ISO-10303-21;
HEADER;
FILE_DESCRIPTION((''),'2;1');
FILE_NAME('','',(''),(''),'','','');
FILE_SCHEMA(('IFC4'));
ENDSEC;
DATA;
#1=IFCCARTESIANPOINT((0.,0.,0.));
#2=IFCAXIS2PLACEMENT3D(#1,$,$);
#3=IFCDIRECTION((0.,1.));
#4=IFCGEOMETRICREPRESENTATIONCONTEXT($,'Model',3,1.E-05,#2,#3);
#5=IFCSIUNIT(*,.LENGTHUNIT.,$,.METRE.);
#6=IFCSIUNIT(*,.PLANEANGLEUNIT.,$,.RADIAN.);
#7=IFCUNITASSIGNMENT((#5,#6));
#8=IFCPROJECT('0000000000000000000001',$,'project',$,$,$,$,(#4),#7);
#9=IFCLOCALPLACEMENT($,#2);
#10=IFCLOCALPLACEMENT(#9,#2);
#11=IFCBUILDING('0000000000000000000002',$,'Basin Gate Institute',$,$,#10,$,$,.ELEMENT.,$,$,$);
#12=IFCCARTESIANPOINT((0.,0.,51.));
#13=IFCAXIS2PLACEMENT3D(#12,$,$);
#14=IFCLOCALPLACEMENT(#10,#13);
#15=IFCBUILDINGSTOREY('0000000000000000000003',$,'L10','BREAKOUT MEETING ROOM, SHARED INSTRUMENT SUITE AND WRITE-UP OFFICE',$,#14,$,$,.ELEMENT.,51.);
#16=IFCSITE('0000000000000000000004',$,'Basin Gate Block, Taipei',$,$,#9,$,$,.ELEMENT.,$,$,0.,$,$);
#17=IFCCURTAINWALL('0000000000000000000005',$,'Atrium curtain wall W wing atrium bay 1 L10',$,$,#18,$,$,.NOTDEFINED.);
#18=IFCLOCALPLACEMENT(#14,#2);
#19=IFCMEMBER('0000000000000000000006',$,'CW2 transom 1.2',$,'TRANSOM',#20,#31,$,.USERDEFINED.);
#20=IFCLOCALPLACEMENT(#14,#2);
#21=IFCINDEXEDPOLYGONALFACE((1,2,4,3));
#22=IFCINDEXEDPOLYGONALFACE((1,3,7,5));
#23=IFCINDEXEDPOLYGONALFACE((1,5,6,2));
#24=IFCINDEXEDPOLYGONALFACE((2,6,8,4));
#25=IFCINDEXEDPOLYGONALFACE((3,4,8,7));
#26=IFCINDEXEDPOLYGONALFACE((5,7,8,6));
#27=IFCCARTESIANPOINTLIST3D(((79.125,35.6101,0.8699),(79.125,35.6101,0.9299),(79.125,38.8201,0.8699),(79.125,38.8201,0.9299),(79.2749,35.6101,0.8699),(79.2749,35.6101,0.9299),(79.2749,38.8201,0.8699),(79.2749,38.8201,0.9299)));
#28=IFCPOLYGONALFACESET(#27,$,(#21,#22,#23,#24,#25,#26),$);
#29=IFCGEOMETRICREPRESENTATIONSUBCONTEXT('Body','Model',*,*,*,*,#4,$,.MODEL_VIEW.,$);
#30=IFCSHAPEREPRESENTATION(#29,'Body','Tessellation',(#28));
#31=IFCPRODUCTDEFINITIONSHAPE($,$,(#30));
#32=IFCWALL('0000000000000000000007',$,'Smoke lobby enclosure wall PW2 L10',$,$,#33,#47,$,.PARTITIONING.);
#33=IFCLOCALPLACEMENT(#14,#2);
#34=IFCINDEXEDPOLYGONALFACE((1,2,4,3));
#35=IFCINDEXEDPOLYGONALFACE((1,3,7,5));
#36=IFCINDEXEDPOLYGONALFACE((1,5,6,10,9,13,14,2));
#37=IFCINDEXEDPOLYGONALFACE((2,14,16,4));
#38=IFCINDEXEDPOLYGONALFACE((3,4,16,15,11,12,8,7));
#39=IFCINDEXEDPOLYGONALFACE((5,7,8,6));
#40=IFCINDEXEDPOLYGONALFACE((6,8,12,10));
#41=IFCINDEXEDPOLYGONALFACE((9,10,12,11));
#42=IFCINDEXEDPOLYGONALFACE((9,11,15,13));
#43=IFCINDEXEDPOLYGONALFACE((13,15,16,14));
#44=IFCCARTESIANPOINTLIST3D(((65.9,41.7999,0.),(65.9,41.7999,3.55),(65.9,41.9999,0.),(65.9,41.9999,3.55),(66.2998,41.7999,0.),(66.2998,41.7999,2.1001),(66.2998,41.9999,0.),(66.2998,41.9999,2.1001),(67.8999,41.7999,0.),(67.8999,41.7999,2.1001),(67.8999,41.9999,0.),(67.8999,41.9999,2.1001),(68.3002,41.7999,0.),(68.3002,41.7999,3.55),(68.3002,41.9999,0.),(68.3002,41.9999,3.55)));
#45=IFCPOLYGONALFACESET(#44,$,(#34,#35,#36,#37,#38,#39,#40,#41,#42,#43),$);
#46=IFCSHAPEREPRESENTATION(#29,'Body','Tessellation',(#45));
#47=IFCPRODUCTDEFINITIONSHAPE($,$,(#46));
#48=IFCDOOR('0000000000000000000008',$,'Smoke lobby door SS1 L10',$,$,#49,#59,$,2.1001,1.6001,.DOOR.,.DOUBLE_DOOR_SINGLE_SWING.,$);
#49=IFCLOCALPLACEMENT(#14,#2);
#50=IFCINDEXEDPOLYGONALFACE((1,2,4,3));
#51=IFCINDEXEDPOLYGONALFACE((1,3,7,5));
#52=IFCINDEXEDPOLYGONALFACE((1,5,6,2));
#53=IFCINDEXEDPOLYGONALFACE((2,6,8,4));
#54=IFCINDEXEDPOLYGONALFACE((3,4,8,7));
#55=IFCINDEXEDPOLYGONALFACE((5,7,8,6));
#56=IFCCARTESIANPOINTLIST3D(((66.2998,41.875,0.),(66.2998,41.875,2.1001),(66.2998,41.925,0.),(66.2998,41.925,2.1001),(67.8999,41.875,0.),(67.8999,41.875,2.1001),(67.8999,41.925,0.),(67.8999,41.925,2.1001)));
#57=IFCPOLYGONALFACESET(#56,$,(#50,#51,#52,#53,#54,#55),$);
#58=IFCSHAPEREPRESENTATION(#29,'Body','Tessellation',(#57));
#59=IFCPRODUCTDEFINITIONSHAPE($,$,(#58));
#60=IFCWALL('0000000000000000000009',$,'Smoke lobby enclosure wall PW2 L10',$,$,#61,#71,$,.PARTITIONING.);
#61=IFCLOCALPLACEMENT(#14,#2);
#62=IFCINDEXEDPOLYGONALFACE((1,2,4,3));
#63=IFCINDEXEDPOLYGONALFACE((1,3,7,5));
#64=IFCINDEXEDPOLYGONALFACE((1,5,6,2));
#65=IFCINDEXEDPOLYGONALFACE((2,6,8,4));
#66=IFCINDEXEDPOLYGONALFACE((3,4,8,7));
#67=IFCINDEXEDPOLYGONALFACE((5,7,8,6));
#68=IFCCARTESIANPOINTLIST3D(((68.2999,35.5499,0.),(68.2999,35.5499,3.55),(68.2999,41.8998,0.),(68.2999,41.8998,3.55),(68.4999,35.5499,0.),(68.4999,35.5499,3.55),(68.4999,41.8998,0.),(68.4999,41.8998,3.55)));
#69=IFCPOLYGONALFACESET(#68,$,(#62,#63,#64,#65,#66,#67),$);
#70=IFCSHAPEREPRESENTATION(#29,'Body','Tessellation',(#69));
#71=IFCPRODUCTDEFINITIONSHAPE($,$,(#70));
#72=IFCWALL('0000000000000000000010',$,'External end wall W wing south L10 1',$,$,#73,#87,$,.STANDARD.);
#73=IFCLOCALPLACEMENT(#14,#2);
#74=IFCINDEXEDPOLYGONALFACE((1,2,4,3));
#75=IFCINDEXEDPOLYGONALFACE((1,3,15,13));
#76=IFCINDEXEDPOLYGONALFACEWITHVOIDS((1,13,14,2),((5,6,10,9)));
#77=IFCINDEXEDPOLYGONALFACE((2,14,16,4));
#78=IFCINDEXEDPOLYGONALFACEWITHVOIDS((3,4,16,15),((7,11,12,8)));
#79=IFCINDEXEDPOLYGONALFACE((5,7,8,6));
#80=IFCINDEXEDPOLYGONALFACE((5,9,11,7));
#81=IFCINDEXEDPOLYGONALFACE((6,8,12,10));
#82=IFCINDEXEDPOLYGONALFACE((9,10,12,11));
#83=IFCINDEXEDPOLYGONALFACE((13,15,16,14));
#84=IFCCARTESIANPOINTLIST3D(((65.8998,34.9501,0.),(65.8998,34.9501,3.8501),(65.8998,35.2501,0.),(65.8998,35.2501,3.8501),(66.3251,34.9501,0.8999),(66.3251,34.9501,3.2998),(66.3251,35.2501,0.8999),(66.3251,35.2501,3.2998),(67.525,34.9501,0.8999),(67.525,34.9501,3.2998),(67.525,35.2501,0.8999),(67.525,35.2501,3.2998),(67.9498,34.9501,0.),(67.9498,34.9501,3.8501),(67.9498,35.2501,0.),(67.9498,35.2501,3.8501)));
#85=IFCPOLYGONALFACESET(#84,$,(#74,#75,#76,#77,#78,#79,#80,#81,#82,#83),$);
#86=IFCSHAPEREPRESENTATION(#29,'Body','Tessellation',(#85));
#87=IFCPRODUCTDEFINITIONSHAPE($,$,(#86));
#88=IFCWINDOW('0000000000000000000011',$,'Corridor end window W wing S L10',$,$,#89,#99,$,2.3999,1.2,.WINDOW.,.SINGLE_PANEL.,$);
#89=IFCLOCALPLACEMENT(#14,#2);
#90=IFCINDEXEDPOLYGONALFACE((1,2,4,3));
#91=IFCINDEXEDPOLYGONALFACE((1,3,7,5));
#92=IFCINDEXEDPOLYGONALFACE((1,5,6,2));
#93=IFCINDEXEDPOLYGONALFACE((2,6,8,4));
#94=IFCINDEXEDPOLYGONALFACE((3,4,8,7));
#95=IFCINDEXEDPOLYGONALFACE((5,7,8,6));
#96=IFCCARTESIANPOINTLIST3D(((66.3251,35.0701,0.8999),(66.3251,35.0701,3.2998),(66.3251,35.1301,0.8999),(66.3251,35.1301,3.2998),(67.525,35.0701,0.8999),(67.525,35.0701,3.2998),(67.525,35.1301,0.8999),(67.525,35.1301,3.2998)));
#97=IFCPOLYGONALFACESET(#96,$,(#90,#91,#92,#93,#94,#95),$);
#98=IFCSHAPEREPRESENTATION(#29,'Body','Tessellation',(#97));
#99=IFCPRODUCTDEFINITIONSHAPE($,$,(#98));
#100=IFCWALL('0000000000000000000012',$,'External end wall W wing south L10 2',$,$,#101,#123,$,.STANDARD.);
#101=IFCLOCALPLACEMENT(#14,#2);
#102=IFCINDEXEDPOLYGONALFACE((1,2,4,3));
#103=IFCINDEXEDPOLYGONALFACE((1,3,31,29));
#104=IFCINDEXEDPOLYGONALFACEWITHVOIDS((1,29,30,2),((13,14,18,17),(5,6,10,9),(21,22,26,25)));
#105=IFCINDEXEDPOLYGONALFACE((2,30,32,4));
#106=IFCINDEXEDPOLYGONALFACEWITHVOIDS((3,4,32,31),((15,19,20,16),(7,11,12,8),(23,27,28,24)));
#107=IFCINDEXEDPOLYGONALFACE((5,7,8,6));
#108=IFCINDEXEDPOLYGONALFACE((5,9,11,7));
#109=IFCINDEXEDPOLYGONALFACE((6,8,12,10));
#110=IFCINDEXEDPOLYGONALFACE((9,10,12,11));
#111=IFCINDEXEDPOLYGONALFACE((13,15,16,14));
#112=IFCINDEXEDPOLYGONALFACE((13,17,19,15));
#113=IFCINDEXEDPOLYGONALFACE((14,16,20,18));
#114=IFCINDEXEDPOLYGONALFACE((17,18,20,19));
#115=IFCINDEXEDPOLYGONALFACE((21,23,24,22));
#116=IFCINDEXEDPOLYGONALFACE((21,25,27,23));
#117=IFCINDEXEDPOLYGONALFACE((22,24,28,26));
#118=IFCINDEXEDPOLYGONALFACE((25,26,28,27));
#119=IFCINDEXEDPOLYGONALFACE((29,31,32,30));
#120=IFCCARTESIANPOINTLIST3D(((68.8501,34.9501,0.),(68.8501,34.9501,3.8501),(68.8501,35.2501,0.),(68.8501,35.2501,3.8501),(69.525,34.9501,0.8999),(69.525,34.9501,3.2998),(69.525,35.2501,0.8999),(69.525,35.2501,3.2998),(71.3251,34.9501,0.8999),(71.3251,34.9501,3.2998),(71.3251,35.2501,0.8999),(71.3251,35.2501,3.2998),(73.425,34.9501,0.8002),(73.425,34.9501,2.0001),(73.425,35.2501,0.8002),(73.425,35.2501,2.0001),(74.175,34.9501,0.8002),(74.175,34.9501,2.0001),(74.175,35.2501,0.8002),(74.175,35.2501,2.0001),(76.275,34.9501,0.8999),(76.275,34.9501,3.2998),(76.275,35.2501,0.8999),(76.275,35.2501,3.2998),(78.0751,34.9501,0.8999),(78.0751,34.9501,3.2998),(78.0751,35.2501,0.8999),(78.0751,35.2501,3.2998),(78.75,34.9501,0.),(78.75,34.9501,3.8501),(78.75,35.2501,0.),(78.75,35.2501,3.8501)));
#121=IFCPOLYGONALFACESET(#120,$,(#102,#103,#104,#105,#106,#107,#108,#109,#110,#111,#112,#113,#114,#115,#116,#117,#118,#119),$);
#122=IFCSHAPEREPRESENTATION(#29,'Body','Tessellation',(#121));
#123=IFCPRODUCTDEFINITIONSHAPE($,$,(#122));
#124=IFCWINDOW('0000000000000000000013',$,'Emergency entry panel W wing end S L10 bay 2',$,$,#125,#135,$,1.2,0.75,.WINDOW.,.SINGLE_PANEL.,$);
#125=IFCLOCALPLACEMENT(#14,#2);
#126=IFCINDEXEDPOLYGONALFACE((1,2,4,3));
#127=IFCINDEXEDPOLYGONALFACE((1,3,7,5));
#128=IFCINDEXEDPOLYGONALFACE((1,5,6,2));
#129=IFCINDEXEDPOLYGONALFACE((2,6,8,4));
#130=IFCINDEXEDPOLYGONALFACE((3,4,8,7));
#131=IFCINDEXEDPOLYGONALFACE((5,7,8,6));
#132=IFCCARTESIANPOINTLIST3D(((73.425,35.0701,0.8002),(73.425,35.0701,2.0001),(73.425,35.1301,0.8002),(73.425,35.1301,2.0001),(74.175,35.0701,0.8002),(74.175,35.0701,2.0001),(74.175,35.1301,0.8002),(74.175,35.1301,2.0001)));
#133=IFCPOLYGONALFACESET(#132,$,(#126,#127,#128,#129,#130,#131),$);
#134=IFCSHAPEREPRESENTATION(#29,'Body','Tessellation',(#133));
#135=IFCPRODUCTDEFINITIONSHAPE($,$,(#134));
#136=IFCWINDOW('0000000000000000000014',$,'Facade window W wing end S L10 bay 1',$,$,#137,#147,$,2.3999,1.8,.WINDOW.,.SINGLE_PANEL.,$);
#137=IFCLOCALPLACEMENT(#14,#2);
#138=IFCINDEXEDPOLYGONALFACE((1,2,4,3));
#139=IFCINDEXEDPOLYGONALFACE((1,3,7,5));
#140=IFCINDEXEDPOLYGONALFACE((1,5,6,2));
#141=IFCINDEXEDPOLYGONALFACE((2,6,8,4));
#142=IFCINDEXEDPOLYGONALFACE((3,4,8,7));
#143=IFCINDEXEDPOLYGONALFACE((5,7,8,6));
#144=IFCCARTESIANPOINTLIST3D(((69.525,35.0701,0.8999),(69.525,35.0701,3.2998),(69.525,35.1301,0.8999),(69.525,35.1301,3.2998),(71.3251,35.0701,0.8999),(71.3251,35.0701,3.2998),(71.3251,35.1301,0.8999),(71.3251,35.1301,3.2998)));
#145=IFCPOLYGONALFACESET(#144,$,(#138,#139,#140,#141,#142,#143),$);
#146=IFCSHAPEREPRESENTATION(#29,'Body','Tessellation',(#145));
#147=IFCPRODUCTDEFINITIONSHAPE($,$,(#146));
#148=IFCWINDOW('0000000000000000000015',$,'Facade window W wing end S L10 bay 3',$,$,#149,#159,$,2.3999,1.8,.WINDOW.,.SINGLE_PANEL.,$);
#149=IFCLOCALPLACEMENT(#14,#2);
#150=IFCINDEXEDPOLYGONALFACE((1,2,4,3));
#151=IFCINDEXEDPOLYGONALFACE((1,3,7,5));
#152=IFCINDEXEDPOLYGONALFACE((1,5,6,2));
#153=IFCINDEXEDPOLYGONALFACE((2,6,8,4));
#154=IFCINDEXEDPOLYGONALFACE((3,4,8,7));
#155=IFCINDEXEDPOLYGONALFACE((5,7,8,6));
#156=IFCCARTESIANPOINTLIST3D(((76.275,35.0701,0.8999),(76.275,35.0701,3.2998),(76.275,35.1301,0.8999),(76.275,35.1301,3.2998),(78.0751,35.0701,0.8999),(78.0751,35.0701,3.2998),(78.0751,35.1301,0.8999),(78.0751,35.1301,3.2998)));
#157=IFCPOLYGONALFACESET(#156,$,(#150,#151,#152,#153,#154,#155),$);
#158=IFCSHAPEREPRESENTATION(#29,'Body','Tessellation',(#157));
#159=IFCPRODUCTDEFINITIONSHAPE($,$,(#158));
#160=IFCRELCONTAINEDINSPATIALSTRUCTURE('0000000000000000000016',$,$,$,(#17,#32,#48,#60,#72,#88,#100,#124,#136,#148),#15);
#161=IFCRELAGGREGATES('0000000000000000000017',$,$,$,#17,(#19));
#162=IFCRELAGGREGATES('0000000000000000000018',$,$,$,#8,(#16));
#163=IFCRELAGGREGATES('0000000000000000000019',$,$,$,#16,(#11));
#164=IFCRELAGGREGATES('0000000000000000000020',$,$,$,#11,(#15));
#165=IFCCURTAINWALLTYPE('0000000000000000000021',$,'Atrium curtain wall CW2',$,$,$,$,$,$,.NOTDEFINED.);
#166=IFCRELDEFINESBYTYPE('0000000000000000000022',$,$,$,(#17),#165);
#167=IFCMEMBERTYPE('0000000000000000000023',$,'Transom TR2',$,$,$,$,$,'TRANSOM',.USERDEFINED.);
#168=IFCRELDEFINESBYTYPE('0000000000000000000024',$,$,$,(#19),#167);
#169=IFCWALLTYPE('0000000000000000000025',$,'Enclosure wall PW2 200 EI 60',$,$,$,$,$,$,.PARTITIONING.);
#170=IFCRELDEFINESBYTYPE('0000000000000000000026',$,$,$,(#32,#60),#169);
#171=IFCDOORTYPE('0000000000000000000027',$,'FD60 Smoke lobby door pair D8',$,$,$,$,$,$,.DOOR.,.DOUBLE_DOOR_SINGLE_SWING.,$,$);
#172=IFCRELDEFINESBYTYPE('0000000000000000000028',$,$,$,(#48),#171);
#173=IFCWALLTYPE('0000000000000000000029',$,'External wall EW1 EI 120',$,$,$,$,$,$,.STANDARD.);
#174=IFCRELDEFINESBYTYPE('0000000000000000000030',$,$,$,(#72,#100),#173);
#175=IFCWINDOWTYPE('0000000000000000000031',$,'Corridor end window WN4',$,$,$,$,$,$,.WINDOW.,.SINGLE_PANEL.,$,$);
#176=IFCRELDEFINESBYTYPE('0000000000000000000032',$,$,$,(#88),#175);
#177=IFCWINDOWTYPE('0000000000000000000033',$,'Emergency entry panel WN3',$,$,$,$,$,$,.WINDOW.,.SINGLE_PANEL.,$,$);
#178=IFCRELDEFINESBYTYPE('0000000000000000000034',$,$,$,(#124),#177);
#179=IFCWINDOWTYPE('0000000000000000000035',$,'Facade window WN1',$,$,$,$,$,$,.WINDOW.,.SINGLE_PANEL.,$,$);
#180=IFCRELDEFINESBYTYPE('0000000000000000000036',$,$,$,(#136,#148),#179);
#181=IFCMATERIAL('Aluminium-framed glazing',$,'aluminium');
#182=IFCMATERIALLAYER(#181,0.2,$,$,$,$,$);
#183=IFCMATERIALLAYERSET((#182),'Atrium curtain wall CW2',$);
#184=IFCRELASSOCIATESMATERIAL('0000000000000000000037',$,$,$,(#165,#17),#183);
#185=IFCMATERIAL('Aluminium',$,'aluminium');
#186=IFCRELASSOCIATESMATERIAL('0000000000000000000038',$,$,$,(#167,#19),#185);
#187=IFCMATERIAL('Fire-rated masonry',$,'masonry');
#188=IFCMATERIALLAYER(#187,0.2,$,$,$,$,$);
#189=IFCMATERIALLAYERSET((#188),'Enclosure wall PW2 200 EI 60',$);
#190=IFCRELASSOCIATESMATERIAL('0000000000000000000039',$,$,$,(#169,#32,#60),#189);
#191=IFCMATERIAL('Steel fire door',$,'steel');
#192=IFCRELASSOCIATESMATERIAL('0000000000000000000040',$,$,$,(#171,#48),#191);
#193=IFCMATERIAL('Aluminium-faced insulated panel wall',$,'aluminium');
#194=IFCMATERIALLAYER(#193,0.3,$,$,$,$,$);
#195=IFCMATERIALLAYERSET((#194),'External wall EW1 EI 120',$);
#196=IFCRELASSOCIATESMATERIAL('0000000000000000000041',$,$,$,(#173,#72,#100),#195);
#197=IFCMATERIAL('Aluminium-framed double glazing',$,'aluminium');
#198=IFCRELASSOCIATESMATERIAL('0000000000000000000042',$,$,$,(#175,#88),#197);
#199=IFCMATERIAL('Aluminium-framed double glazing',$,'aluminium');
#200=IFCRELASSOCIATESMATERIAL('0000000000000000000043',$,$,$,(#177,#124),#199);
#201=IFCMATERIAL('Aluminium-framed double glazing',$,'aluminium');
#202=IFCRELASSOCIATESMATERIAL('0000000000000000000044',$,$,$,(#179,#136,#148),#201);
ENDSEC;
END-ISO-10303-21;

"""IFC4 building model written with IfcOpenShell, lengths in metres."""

from ifc_helpers import new_model, si_unit, direction, frame, frame_2d, origin, origin_2d, place, context, subcontext, project, spatial, rectangle, extrude, material, layer, layer_set, material_profile, profile_set, type_object, element, fill, aggregate, save


model = new_model("IFC4")

# Units and contexts
model_context = context("Model", 3, precision=1e-05, world=origin(), true_north=direction((0.0, 1.0)))
body_context = subcontext(model_context, "Body", "Model", "MODEL_VIEW")
ifc_project = project(units=[si_unit("LENGTHUNIT", "METRE"), si_unit("PLANEANGLEUNIT", "RADIAN")], contexts=[model_context])

# Site, building, storey
site_placement = place(None, origin())
site = spatial("IfcSite", under=ifc_project, at=site_placement, Name="Basin Gate Block, Taipei", CompositionType="ELEMENT", RefElevation=0.0)
building_placement = place(site_placement, origin())
building = spatial("IfcBuilding", under=site, at=building_placement, Name="Basin Gate Institute", CompositionType="ELEMENT")
storey_placement = place(building_placement, frame((0.0, 0.0, 51.0)))
storey = spatial("IfcBuildingStorey", under=building, at=storey_placement, Name="L10", Description="BREAKOUT MEETING ROOM, SHARED INSTRUMENT SUITE AND WRITE-UP OFFICE", CompositionType="ELEMENT", Elevation=51.0)

# Curtain wall
ifc_material_1 = material(Name="Aluminium-framed glazing", Category="aluminium")
ifc_layer_1 = layer(ifc_material_1, 0.2)
ifc_layer_set_1 = layer_set([ifc_layer_1], Name="Atrium curtain wall CW2")
curtain_wall_type = type_object("IfcCurtainWallType", Name="Atrium curtain wall CW2", PredefinedType="NOTDEFINED", material=ifc_layer_set_1)
curtain_wall_placement = place(storey_placement, origin())
curtain_wall = element("IfcCurtainWall", 1, at=curtain_wall_placement, inside=storey, type_object=curtain_wall_type, material=ifc_layer_set_1, Name="Atrium curtain wall W wing atrium bay 1 L10", PredefinedType="NOTDEFINED")

# Member
ifc_material_2 = material(Name="Aluminium", Category="aluminium")
ifc_material_profile_1 = material_profile(ifc_material_2, rectangle(XDim=0.1499, YDim=0.0601, at=origin_2d()), Name="Transom TR2 150 x 60")
ifc_profile_set_1 = profile_set([ifc_material_profile_1], Name="Aluminium")
member_type_1 = type_object("IfcMemberType", Name="Transom TR2", ElementType="TRANSOM", PredefinedType="USERDEFINED", material=ifc_profile_set_1)
member_1_placement = place(storey_placement, frame((79.2, 35.6101, 0.8999), z_axis=(0.0, 1.0, 0.0), x_axis=(-1.0, 0.0, 0.0)))
member_1 = element("IfcMember", 2, at=member_1_placement, type_object=member_type_1, material=ifc_profile_set_1, Name="CW2 transom 1.2", ObjectType="TRANSOM", PredefinedType="USERDEFINED", context=body_context, shape_type="SweptSolid", body=[
    extrude(rectangle(XDim=0.1499, YDim=0.0601, at=origin_2d()), origin(), (0.0, 0.0, 1.0), 3.21),
])
aggregate(curtain_wall, [member_1])

# Wall, opening, door
ifc_material_3 = material(Name="Fire-rated masonry", Category="masonry")
ifc_layer_2 = layer(ifc_material_3, 0.2)
ifc_layer_set_2 = layer_set([ifc_layer_2], Name="Enclosure wall PW2 200 EI 60")
wall_type_1 = type_object("IfcWallType", Name="Enclosure wall PW2 200 EI 60", PredefinedType="PARTITIONING", material=ifc_layer_set_2)
wall_1_placement = place(storey_placement, frame((65.8999, 41.8999, 0.0), z_axis=(0.0, 0.0, 1.0), x_axis=(1.0, 0.0, 0.0)))
wall_1 = element("IfcWall", 3, at=wall_1_placement, inside=storey, type_object=wall_type_1, material=ifc_layer_set_2, Name="Smoke lobby enclosure wall PW2 L10", PredefinedType="PARTITIONING", context=body_context, shape_type="SweptSolid", body=[
    extrude(rectangle(XDim=2.4001, YDim=0.2, at=frame_2d((1.2002, 0.0))), origin(), (0.0, 0.0, 1.0), 3.55),
])
opening_1_placement = place(wall_1_placement, frame((0.3999, 0.0, 0.0)))
opening_1 = element("IfcOpeningElement", 4, at=opening_1_placement, cuts=wall_1, PredefinedType="OPENING", context=body_context, shape_type="SweptSolid", body=[
    extrude(rectangle(XDim=1.6001, YDim=2.1001, at=frame_2d((0.8, 1.05))), frame((0.0, 0.1099, 0.0), z_axis=(0.0, -1.0, 0.0), x_axis=(1.0, 0.0, 0.0)), (0.0, 0.0, 1.0), 0.22),
])
ifc_material_4 = material(Name="Steel fire door", Category="steel")
door_type_1 = type_object("IfcDoorType", Name="FD60 Smoke lobby door pair D8", OperationType="DOUBLE_DOOR_SINGLE_SWING", PredefinedType="DOOR", material=ifc_material_4)
door_1_placement = place(opening_1_placement, frame((1.6001, 0.0, 0.0), z_axis=(0.0, 0.0, 1.0), x_axis=(-1.0, 0.0, 0.0)))
door_1 = element("IfcDoor", 5, at=door_1_placement, inside=storey, type_object=door_type_1, material=ifc_material_4, Name="Smoke lobby door SS1 L10", OperationType="DOUBLE_DOOR_SINGLE_SWING", OverallHeight=2.1001, OverallWidth=1.6001, PredefinedType="DOOR", context=body_context, shape_type="SweptSolid", body=[
    extrude(rectangle(XDim=1.6001, YDim=2.1001, at=frame_2d((0.8, 1.05))), frame((0.0, 0.0249, 0.0), z_axis=(0.0, -1.0, 0.0), x_axis=(1.0, 0.0, 0.0)), (0.0, 0.0, 1.0), 0.05),
])
fill(opening_1, door_1)

# Wall
wall_2_placement = place(storey_placement, frame((68.3999, 35.55, 0.0), z_axis=(0.0, 0.0, 1.0), x_axis=(0.0, 1.0, 0.0)))
element("IfcWall", 6, at=wall_2_placement, inside=storey, type_object=wall_type_1, material=ifc_layer_set_2, Name="Smoke lobby enclosure wall PW2 L10", PredefinedType="PARTITIONING", context=body_context, shape_type="SweptSolid", body=[
    extrude(rectangle(XDim=6.3499, YDim=0.2, at=frame_2d((3.1748, 0.0))), origin(), (0.0, 0.0, 1.0), 3.55),
])

# Wall, opening, window
ifc_material_5 = material(Name="Aluminium-faced insulated panel wall", Category="aluminium")
ifc_layer_3 = layer(ifc_material_5, 0.3)
ifc_layer_set_3 = layer_set([ifc_layer_3], Name="External wall EW1 EI 120")
wall_type_2 = type_object("IfcWallType", Name="External wall EW1 EI 120", PredefinedType="STANDARD", material=ifc_layer_set_3)
wall_3_placement = place(storey_placement, frame((65.8999, 35.1001, 0.0), z_axis=(0.0, 0.0, 1.0), x_axis=(1.0, 0.0, 0.0)))
wall_3 = element("IfcWall", 7, at=wall_3_placement, inside=storey, type_object=wall_type_2, material=ifc_layer_set_3, Name="External end wall W wing south L10 1", PredefinedType="STANDARD", context=body_context, shape_type="SweptSolid", body=[
    extrude(rectangle(XDim=2.05, YDim=0.3, at=frame_2d((1.0249, 0.0))), origin(), (0.0, 0.0, 1.0), 3.8501),
])
opening_2_placement = place(wall_3_placement, frame((0.425, 0.0, 0.8999)))
opening_2 = element("IfcOpeningElement", 8, at=opening_2_placement, cuts=wall_3, PredefinedType="OPENING", context=body_context, shape_type="SweptSolid", body=[
    extrude(rectangle(XDim=1.2, YDim=2.3999, at=frame_2d((0.6001, 1.2))), frame((0.0, 0.1602, 0.0), z_axis=(0.0, -1.0, 0.0), x_axis=(1.0, 0.0, 0.0)), (0.0, 0.0, 1.0), 0.3201),
])
ifc_material_6 = material(Name="Aluminium-framed double glazing", Category="aluminium")
window_type_1 = type_object("IfcWindowType", Name="Corridor end window WN4", PartitioningType="SINGLE_PANEL", PredefinedType="WINDOW", material=ifc_material_6)
window_1_placement = place(opening_2_placement, origin())
window_1 = element("IfcWindow", 9, at=window_1_placement, inside=storey, type_object=window_type_1, material=ifc_material_6, Name="Corridor end window W wing S L10", OverallHeight=2.3999, OverallWidth=1.2, PartitioningType="SINGLE_PANEL", PredefinedType="WINDOW", context=body_context, shape_type="SweptSolid", body=[
    extrude(rectangle(XDim=1.2, YDim=2.3999, at=frame_2d((0.6001, 1.2))), frame((0.0, 0.03, 0.0), z_axis=(0.0, -1.0, 0.0), x_axis=(1.0, 0.0, 0.0)), (0.0, 0.0, 1.0), 0.0601),
])
fill(opening_2, window_1)

# Wall, openings, windows
wall_4_placement = place(storey_placement, frame((68.8501, 35.1001, 0.0), z_axis=(0.0, 0.0, 1.0), x_axis=(1.0, 0.0, 0.0)))
wall_4 = element("IfcWall", 10, at=wall_4_placement, inside=storey, type_object=wall_type_2, material=ifc_layer_set_3, Name="External end wall W wing south L10 2", PredefinedType="STANDARD", context=body_context, shape_type="SweptSolid", body=[
    extrude(rectangle(XDim=9.8999, YDim=0.3, at=frame_2d((4.95, 0.0))), origin(), (0.0, 0.0, 1.0), 3.8501),
])
opening_3_placement = place(wall_4_placement, frame((0.675, 0.0, 0.8999)))
opening_3 = element("IfcOpeningElement", 11, at=opening_3_placement, cuts=wall_4, PredefinedType="OPENING", context=body_context, shape_type="SweptSolid", body=[
    extrude(rectangle(XDim=1.8, YDim=2.3999, at=frame_2d((0.8999, 1.2))), frame((0.0, 0.1602, 0.0), z_axis=(0.0, -1.0, 0.0), x_axis=(1.0, 0.0, 0.0)), (0.0, 0.0, 1.0), 0.3201),
])
opening_4_placement = place(wall_4_placement, frame((4.575, 0.0, 0.8)))
opening_4 = element("IfcOpeningElement", 12, at=opening_4_placement, cuts=wall_4, PredefinedType="OPENING", context=body_context, shape_type="SweptSolid", body=[
    extrude(rectangle(XDim=0.75, YDim=1.2, at=frame_2d((0.375, 0.6001))), frame((0.0, 0.1602, 0.0), z_axis=(0.0, -1.0, 0.0), x_axis=(1.0, 0.0, 0.0)), (0.0, 0.0, 1.0), 0.3201),
])
opening_5_placement = place(wall_4_placement, frame((7.425, 0.0, 0.8999)))
opening_5 = element("IfcOpeningElement", 13, at=opening_5_placement, cuts=wall_4, PredefinedType="OPENING", context=body_context, shape_type="SweptSolid", body=[
    extrude(rectangle(XDim=1.8, YDim=2.3999, at=frame_2d((0.8999, 1.2))), frame((0.0, 0.1602, 0.0), z_axis=(0.0, -1.0, 0.0), x_axis=(1.0, 0.0, 0.0)), (0.0, 0.0, 1.0), 0.3201),
])
ifc_material_7 = material(Name="Aluminium-framed double glazing", Category="aluminium")
window_type_2 = type_object("IfcWindowType", Name="Emergency entry panel WN3", PartitioningType="SINGLE_PANEL", PredefinedType="WINDOW", material=ifc_material_7)
window_2_placement = place(opening_4_placement, origin())
window_2 = element("IfcWindow", 14, at=window_2_placement, inside=storey, type_object=window_type_2, material=ifc_material_7, Name="Emergency entry panel W wing end S L10 bay 2", OverallHeight=1.2, OverallWidth=0.75, PartitioningType="SINGLE_PANEL", PredefinedType="WINDOW", context=body_context, shape_type="SweptSolid", body=[
    extrude(rectangle(XDim=0.75, YDim=1.2, at=frame_2d((0.375, 0.6001))), frame((0.0, 0.03, 0.0), z_axis=(0.0, -1.0, 0.0), x_axis=(1.0, 0.0, 0.0)), (0.0, 0.0, 1.0), 0.0601),
])
fill(opening_4, window_2)
ifc_material_8 = material(Name="Aluminium-framed double glazing", Category="aluminium")
window_type_3 = type_object("IfcWindowType", Name="Facade window WN1", PartitioningType="SINGLE_PANEL", PredefinedType="WINDOW", material=ifc_material_8)
window_3_placement = place(opening_3_placement, origin())
window_3 = element("IfcWindow", 15, at=window_3_placement, inside=storey, type_object=window_type_3, material=ifc_material_8, Name="Facade window W wing end S L10 bay 1", OverallHeight=2.3999, OverallWidth=1.8, PartitioningType="SINGLE_PANEL", PredefinedType="WINDOW", context=body_context, shape_type="SweptSolid", body=[
    extrude(rectangle(XDim=1.8, YDim=2.3999, at=frame_2d((0.8999, 1.2))), frame((0.0, 0.03, 0.0), z_axis=(0.0, -1.0, 0.0), x_axis=(1.0, 0.0, 0.0)), (0.0, 0.0, 1.0), 0.0601),
])
fill(opening_3, window_3)
window_4_placement = place(opening_5_placement, origin())
window_4 = element("IfcWindow", 16, at=window_4_placement, inside=storey, type_object=window_type_3, material=ifc_material_8, Name="Facade window W wing end S L10 bay 3", OverallHeight=2.3999, OverallWidth=1.8, PartitioningType="SINGLE_PANEL", PredefinedType="WINDOW", context=body_context, shape_type="SweptSolid", body=[
    extrude(rectangle(XDim=1.8, YDim=2.3999, at=frame_2d((0.8999, 1.2))), frame((0.0, 0.03, 0.0), z_axis=(0.0, -1.0, 0.0), x_axis=(1.0, 0.0, 0.0)), (0.0, 0.0, 1.0), 0.0601),
])
fill(opening_5, window_4)

save(model, "model.ifc")
